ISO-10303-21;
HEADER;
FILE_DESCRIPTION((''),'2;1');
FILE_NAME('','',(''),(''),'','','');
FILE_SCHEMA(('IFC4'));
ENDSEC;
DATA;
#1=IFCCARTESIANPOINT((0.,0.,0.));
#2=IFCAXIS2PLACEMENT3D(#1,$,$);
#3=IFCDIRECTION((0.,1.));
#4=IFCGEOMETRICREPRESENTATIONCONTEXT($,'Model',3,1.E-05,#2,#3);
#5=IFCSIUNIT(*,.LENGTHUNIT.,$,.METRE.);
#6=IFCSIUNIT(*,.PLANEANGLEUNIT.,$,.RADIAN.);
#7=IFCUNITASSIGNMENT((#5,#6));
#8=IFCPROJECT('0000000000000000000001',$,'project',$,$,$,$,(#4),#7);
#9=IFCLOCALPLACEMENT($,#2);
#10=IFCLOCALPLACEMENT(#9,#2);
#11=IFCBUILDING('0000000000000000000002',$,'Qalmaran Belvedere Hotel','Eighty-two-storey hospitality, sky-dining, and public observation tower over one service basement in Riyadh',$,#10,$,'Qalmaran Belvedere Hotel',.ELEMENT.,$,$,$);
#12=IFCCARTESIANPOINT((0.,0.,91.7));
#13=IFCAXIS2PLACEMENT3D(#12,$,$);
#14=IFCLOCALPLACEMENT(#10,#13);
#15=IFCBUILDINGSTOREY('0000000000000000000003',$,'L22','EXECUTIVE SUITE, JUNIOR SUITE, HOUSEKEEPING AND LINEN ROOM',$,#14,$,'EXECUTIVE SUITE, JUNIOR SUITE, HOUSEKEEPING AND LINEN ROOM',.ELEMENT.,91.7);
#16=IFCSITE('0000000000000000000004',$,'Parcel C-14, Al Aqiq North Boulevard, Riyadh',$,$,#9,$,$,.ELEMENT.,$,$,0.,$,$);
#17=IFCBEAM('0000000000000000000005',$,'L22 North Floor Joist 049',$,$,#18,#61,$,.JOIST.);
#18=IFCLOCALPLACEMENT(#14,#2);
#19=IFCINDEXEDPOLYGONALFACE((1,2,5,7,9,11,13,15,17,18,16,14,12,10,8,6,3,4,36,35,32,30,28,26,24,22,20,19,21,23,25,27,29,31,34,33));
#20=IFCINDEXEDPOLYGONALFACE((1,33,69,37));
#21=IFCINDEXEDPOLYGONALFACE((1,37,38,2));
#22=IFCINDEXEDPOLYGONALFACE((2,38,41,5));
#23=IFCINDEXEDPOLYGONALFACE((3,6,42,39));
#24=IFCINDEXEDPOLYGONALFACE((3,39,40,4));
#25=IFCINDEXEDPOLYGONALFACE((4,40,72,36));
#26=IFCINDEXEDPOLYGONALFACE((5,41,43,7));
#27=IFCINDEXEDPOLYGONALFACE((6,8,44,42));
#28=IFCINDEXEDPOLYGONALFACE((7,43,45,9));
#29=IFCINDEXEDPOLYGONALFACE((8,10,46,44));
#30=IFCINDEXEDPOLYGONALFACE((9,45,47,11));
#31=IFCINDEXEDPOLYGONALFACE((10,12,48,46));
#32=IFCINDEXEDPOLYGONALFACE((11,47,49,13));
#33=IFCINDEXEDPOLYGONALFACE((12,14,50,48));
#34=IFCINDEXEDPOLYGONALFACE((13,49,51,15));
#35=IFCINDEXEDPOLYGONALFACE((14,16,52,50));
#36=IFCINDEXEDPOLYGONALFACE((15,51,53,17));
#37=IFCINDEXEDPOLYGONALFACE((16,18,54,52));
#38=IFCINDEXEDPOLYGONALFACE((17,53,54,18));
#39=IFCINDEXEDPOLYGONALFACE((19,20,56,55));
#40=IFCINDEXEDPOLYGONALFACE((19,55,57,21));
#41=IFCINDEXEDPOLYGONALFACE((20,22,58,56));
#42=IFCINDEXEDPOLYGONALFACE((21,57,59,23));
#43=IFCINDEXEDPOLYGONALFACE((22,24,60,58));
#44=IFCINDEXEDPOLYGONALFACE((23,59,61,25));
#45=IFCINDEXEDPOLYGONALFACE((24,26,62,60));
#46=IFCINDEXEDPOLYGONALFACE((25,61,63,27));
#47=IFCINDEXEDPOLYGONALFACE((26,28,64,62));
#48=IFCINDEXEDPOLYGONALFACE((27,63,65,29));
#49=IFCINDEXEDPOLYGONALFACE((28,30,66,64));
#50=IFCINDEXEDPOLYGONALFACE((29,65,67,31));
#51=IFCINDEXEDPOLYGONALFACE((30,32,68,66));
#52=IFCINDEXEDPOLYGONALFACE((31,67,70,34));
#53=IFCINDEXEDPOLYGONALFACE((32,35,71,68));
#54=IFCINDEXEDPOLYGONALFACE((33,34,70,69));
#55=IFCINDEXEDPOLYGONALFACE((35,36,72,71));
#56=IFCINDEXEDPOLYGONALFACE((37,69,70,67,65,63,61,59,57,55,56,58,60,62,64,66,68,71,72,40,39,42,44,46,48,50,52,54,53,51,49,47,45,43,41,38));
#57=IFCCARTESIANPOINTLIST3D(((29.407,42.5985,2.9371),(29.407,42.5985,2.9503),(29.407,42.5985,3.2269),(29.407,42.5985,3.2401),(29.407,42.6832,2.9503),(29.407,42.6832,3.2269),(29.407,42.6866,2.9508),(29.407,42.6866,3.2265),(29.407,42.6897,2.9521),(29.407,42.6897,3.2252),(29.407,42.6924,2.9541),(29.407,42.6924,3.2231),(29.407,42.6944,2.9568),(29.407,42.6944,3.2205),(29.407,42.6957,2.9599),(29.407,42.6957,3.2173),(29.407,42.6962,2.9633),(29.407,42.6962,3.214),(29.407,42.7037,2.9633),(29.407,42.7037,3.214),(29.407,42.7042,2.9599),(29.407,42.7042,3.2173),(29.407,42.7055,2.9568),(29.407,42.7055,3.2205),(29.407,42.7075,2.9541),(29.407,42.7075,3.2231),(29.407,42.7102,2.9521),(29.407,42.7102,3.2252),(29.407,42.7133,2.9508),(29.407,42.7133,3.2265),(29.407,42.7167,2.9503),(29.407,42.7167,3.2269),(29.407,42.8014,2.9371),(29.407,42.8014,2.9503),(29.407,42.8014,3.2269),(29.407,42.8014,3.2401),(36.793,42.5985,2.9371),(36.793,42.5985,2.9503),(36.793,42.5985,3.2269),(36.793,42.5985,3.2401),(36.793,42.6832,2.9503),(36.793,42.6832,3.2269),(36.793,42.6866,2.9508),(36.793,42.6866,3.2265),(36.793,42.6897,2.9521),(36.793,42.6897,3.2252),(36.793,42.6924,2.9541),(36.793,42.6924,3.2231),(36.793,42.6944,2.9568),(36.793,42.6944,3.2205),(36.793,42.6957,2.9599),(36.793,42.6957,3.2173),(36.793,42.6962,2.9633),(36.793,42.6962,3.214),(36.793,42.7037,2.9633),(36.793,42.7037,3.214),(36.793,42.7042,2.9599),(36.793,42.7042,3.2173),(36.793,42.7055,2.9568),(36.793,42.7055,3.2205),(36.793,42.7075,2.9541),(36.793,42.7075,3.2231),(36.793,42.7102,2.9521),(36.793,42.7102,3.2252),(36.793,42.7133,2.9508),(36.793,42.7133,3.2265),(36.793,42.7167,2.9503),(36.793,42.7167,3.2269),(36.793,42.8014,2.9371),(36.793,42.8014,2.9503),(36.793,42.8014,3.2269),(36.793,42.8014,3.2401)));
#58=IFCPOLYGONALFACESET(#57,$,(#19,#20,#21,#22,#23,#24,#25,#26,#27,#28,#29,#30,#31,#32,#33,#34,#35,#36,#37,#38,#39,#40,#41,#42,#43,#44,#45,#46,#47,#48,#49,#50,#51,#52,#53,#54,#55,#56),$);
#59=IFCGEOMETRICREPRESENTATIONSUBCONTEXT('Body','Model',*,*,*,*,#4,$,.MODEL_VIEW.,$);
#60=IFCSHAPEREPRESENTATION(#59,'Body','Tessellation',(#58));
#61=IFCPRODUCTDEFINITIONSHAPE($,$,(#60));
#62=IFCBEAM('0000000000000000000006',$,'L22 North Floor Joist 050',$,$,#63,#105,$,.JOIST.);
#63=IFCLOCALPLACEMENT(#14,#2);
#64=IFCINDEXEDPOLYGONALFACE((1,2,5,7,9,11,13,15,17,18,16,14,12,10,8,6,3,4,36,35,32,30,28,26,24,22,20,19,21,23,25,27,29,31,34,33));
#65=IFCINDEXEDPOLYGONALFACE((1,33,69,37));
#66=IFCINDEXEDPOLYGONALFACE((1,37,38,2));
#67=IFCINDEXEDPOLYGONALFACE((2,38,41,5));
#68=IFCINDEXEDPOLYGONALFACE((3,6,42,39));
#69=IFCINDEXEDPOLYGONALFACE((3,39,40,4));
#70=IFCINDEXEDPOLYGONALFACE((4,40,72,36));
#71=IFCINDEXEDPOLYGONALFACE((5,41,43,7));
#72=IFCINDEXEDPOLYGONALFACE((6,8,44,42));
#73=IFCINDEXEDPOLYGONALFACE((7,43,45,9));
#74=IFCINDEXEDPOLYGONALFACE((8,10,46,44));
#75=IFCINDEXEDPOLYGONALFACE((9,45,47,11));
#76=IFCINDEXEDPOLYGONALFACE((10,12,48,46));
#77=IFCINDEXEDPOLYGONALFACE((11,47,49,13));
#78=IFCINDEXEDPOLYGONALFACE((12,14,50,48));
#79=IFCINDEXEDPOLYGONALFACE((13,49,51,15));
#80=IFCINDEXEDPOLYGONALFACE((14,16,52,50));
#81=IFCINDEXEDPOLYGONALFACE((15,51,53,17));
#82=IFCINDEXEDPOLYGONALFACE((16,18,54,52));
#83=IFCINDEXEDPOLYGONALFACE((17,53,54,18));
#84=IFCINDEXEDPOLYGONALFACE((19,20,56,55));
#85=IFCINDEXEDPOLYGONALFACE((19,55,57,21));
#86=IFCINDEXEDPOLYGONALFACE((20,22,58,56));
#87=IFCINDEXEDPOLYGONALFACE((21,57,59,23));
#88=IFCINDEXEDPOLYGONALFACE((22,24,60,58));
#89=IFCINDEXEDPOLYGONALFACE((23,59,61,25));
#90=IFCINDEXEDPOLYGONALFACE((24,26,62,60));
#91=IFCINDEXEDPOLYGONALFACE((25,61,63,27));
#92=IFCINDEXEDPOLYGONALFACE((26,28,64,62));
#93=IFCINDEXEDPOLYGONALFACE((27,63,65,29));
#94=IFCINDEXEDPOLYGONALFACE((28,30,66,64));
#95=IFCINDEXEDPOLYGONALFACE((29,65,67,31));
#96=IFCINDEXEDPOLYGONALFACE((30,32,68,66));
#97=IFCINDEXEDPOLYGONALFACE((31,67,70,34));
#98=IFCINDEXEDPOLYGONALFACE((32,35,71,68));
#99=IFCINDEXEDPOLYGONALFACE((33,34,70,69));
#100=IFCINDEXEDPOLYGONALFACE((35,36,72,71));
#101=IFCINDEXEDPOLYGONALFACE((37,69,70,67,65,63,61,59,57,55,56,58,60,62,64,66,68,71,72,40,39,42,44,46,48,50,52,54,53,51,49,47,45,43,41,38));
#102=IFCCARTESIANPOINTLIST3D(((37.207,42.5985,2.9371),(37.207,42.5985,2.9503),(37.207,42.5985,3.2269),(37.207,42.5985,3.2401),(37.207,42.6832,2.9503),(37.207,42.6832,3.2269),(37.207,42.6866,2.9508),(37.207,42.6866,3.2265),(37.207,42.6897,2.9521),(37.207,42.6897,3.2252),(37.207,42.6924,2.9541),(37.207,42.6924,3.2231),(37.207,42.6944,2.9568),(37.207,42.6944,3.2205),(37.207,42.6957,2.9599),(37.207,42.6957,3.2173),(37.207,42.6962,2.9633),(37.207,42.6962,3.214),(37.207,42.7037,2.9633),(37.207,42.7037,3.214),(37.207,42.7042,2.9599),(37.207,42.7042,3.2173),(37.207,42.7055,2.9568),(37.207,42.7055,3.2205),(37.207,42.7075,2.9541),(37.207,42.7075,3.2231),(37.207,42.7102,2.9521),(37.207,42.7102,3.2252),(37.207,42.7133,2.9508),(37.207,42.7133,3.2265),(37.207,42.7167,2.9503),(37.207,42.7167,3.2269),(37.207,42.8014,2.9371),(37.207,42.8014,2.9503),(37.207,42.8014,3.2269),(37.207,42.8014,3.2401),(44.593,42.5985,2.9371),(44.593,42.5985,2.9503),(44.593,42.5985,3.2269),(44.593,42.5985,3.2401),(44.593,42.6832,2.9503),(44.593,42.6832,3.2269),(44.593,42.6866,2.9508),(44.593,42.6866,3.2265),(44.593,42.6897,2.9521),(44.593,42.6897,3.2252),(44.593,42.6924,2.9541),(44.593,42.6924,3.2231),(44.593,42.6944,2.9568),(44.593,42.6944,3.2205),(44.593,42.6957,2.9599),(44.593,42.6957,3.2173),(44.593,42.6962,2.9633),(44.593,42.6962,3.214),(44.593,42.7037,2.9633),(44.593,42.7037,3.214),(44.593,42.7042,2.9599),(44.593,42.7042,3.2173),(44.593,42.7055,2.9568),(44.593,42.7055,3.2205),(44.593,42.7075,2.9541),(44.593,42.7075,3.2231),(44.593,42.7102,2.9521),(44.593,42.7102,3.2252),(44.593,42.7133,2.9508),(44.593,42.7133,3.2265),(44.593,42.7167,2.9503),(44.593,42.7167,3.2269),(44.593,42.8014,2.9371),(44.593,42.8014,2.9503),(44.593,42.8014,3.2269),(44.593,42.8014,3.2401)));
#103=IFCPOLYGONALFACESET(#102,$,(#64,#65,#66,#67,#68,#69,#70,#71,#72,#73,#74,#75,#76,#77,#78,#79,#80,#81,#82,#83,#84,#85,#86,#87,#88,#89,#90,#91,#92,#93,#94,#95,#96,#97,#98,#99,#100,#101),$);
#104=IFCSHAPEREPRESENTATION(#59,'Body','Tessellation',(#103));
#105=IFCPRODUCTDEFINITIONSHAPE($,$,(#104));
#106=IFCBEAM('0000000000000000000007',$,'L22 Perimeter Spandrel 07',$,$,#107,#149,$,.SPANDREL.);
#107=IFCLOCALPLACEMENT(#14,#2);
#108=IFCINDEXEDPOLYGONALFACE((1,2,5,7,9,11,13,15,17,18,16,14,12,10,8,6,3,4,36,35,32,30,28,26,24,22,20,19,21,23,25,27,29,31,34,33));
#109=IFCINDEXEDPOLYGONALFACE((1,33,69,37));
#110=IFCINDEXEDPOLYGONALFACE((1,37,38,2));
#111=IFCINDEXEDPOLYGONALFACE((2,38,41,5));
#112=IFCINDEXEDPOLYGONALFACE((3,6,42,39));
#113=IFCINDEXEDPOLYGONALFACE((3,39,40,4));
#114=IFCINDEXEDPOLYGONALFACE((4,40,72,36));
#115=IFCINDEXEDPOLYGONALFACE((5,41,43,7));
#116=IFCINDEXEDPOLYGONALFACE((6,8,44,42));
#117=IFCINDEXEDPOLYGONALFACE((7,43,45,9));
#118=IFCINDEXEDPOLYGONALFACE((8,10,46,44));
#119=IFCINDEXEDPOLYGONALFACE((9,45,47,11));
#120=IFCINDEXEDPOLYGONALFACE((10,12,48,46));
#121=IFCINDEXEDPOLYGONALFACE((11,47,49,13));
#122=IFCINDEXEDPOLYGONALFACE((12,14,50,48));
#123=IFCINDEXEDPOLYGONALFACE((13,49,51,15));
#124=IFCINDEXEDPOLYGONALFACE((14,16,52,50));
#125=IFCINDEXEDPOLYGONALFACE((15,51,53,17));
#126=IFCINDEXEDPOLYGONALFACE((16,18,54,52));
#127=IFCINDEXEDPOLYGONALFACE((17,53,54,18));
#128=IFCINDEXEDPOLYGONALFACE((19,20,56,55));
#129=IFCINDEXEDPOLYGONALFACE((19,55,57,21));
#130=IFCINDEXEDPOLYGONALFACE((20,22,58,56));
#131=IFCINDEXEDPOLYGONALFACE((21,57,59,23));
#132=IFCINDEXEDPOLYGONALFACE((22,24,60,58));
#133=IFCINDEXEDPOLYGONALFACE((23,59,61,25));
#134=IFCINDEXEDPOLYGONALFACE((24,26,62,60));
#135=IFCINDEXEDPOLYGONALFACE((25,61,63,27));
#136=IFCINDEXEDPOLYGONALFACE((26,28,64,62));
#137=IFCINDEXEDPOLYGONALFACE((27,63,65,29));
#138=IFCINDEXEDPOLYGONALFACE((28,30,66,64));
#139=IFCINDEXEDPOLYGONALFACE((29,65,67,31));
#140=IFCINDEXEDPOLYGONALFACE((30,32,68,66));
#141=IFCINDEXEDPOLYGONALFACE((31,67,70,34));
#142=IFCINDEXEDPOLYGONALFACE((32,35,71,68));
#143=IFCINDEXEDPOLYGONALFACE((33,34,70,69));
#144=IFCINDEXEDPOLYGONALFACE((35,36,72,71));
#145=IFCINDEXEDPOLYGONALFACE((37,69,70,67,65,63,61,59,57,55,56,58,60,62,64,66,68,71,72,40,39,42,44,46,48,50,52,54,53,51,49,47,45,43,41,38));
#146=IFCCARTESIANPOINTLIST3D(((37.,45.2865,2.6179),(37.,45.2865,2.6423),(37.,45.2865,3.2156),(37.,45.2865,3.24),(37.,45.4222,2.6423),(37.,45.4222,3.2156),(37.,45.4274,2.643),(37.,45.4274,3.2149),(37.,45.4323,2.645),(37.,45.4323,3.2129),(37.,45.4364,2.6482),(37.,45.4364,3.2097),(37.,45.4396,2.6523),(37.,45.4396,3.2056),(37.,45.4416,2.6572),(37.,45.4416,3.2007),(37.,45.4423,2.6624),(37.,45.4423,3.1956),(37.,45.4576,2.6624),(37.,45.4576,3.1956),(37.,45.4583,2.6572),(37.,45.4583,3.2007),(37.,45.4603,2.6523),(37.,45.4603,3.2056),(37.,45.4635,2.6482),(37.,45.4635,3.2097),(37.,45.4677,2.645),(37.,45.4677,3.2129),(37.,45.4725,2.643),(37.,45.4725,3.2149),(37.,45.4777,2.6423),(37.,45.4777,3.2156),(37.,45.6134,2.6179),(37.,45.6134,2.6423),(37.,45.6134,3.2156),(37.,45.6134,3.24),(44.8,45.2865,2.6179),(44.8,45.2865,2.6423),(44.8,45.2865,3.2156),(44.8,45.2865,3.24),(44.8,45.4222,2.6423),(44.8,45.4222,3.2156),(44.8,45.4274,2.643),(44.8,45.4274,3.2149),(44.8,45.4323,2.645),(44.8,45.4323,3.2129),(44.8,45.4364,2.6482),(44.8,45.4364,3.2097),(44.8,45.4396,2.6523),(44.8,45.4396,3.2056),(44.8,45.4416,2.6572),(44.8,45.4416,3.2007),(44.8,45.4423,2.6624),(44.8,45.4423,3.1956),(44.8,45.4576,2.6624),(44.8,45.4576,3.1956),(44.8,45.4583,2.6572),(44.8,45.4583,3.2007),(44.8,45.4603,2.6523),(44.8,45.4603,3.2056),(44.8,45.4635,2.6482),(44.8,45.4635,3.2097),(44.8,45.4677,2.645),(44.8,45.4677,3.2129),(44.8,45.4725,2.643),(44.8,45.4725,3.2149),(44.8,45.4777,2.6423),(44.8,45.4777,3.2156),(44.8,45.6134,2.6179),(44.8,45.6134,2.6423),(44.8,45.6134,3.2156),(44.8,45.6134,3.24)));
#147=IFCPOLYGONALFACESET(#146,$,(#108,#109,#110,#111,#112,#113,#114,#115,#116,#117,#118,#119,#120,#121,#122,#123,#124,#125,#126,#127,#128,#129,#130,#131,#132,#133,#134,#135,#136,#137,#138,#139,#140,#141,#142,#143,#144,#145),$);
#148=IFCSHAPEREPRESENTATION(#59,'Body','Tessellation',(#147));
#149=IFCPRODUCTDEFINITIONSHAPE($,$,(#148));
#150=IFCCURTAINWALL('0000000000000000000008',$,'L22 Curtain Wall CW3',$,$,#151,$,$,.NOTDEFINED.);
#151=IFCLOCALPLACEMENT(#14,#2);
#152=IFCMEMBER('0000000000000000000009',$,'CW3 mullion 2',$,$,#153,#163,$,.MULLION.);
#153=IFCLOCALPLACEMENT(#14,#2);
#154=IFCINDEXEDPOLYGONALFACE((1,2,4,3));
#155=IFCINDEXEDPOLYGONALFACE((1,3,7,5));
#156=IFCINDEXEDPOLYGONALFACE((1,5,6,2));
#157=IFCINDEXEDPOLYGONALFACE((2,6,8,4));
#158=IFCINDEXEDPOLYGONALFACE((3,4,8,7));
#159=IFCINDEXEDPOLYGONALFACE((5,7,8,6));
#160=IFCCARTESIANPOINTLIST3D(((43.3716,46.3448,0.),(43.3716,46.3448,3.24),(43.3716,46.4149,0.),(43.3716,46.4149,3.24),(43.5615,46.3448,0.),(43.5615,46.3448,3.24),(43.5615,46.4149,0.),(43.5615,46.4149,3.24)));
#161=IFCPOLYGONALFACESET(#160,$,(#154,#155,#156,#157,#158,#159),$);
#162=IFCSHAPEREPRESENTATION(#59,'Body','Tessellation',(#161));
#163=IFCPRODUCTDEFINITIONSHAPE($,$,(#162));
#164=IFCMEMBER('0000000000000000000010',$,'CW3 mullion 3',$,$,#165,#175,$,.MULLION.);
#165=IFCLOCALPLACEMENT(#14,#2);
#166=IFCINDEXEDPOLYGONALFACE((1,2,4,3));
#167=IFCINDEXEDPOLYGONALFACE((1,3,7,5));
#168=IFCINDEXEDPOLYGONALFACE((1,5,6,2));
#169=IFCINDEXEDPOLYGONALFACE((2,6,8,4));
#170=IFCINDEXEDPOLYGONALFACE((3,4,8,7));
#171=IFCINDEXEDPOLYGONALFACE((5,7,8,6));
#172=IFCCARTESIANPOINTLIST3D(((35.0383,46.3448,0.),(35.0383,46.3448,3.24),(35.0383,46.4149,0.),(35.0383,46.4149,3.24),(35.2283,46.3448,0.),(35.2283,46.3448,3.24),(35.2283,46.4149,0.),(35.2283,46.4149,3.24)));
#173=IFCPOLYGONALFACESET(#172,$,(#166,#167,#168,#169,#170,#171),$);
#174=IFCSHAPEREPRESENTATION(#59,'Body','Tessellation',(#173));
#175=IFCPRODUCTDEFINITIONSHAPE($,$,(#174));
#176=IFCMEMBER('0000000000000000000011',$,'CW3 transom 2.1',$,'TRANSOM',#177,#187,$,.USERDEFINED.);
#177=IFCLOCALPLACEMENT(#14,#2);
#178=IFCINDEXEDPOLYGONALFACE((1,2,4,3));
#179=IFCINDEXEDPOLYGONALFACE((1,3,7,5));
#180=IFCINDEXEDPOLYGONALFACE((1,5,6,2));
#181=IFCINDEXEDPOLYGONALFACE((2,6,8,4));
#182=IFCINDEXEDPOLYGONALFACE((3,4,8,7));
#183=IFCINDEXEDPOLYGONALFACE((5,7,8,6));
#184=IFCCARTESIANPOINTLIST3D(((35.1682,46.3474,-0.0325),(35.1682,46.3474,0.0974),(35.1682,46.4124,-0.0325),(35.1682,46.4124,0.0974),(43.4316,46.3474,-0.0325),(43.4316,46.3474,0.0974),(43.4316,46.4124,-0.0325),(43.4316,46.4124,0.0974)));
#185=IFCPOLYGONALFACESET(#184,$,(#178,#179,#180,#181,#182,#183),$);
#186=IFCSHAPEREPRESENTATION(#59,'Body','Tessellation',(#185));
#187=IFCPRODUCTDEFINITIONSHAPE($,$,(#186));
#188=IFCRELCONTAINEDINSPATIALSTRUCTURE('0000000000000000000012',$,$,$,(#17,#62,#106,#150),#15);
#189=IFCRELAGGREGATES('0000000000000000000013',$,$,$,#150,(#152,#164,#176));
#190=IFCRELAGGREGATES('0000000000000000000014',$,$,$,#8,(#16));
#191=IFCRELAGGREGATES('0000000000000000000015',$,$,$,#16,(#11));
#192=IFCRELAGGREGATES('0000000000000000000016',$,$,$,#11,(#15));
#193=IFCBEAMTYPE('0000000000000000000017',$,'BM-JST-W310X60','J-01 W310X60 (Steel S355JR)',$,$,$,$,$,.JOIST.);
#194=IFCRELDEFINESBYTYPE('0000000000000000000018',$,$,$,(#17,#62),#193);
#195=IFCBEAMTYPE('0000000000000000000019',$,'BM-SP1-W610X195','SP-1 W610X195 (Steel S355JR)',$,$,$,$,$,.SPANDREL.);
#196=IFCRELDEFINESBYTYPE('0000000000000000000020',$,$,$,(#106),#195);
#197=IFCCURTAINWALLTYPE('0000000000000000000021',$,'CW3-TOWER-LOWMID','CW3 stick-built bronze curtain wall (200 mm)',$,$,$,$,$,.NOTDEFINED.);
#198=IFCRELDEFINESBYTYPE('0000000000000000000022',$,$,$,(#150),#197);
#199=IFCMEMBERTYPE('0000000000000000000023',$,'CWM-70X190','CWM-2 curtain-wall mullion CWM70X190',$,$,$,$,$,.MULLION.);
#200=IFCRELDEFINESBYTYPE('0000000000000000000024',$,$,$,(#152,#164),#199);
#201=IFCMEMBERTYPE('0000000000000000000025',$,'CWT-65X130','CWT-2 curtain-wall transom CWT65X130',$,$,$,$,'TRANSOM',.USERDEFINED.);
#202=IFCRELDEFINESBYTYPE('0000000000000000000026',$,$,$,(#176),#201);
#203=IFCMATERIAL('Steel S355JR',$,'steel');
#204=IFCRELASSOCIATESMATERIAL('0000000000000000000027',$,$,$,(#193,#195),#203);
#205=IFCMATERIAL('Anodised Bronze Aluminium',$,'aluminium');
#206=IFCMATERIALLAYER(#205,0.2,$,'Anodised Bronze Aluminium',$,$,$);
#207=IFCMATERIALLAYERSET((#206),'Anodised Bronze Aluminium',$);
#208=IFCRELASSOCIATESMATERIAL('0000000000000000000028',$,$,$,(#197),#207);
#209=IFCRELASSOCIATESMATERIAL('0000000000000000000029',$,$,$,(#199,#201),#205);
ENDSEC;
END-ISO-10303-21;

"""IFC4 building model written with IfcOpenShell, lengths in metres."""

from ifc_helpers import new_model, si_unit, direction, frame, origin, origin_2d, place, context, subcontext, project, spatial, rectangle, i_section, extrude, material, layer, layer_set, material_profile, profile_set, type_object, element, aggregate, save


model = new_model("IFC4")

# Units and contexts
model_context = context("Model", 3, precision=1e-05, world=origin(), true_north=direction((0.0, 1.0)))
body_context = subcontext(model_context, "Body", "Model", "MODEL_VIEW")
ifc_project = project(units=[si_unit("LENGTHUNIT", "METRE"), si_unit("PLANEANGLEUNIT", "RADIAN")], contexts=[model_context])

# Site, building, storey
site_placement = place(None, origin())
site = spatial("IfcSite", under=ifc_project, at=site_placement, Name="Parcel C-14, Al Aqiq North Boulevard, Riyadh", CompositionType="ELEMENT", RefElevation=0.0)
building_placement = place(site_placement, origin())
building = spatial("IfcBuilding", under=site, at=building_placement, Name="Qalmaran Belvedere Hotel", Description="Eighty-two-storey hospitality, sky-dining, and public observation tower over one service basement in Riyadh", LongName="Qalmaran Belvedere Hotel", CompositionType="ELEMENT")
storey_placement = place(building_placement, frame((0.0, 0.0, 91.7)))
storey = spatial("IfcBuildingStorey", under=building, at=storey_placement, Name="L22", Description="EXECUTIVE SUITE, JUNIOR SUITE, HOUSEKEEPING AND LINEN ROOM", LongName="EXECUTIVE SUITE, JUNIOR SUITE, HOUSEKEEPING AND LINEN ROOM", CompositionType="ELEMENT", Elevation=91.7)

# Beams
ifc_material_1 = material(Name="Steel S355JR", Category="steel")
ifc_material_profile_1 = material_profile(ifc_material_1, i_section(OverallWidth=0.2029, OverallDepth=0.303, WebThickness=0.0076, FlangeThickness=0.0132, FilletRadius=0.0129, at=origin_2d()), Name="W310X60")
ifc_profile_set_1 = profile_set([ifc_material_profile_1], Name="Steel S355JR")
beam_type_1 = type_object("IfcBeamType", Name="BM-JST-W310X60", Description="J-01 W310X60 (Steel S355JR)", PredefinedType="JOIST", material=ifc_profile_set_1)
for number, where, z_axis, x_axis, name in (
    (1, (29.407, 42.7, 3.0886), (1.0, 0.0, 0.0), (0.0, 1.0, 0.0), "L22 North Floor Joist 049"),
    (2, (37.207, 42.7, 3.0886), (1.0, 0.0, 0.0), (0.0, 1.0, 0.0), "L22 North Floor Joist 050"),
):
    element("IfcBeam", number, at=place(storey_placement, frame(where, z_axis=z_axis, x_axis=x_axis)), inside=storey, type_object=beam_type_1, Name=name, PredefinedType="JOIST", context=body_context, shape_type="SweptSolid", body=[
        extrude(i_section(OverallWidth=0.2029, OverallDepth=0.303, WebThickness=0.0076, FlangeThickness=0.0132, FilletRadius=0.0129, at=origin_2d()), origin(), (0.0, 0.0, 1.0), 7.386),
    ])
ifc_material_profile_2 = material_profile(ifc_material_1, i_section(OverallWidth=0.3269, OverallDepth=0.6221, WebThickness=0.0154, FlangeThickness=0.0244, FilletRadius=0.02, at=origin_2d()), Name="W610X195")
ifc_profile_set_2 = profile_set([ifc_material_profile_2], Name="Steel S355JR")
beam_type_2 = type_object("IfcBeamType", Name="BM-SP1-W610X195", Description="SP-1 W610X195 (Steel S355JR)", PredefinedType="SPANDREL", material=ifc_profile_set_2)
beam_placement = place(storey_placement, frame((37.0, 45.45, 2.929), z_axis=(1.0, 0.0, 0.0), x_axis=(0.0, 1.0, 0.0)))
element("IfcBeam", 3, at=beam_placement, inside=storey, type_object=beam_type_2, Name="L22 Perimeter Spandrel 07", PredefinedType="SPANDREL", context=body_context, shape_type="SweptSolid", body=[
    extrude(i_section(OverallWidth=0.3269, OverallDepth=0.6221, WebThickness=0.0154, FlangeThickness=0.0244, FilletRadius=0.02, at=origin_2d()), origin(), (0.0, 0.0, 1.0), 7.8),
])

# Curtain wall, members
ifc_material_2 = material(Name="Anodised Bronze Aluminium", Category="aluminium")
ifc_layer_1 = layer(ifc_material_2, 0.2, Name="Anodised Bronze Aluminium")
ifc_layer_set_1 = layer_set([ifc_layer_1], Name="Anodised Bronze Aluminium")
curtain_wall_type = type_object("IfcCurtainWallType", Name="CW3-TOWER-LOWMID", Description="CW3 stick-built bronze curtain wall (200 mm)", PredefinedType="NOTDEFINED", material=ifc_layer_set_1)
curtain_wall_placement = place(storey_placement, origin())
curtain_wall = element("IfcCurtainWall", 4, at=curtain_wall_placement, inside=storey, type_object=curtain_wall_type, Name="L22 Curtain Wall CW3", PredefinedType="NOTDEFINED")
ifc_material_profile_3 = material_profile(ifc_material_2, rectangle(XDim=0.0701, YDim=0.1899, at=origin_2d()), Name="CWM70X190")
ifc_profile_set_3 = profile_set([ifc_material_profile_3], Name="Anodised Bronze Aluminium")
member_type_1 = type_object("IfcMemberType", Name="CWM-70X190", Description="CWM-2 curtain-wall mullion CWM70X190", PredefinedType="MULLION", material=ifc_profile_set_3)
member_1_placement = place(storey_placement, frame((43.4666, 46.3799, 0.0), z_axis=(0.0, 0.0, 1.0), x_axis=(0.0, -1.0, 0.0)))
member_1 = element("IfcMember", 5, at=member_1_placement, type_object=member_type_1, Name="CW3 mullion 2", PredefinedType="MULLION", context=body_context, shape_type="SweptSolid", body=[
    extrude(rectangle(XDim=0.0701, YDim=0.1899, at=origin_2d()), origin(), (0.0, 0.0, 1.0), 3.24),
])
member_2_placement = place(storey_placement, frame((35.1333, 46.3799, 0.0), z_axis=(0.0, 0.0, 1.0), x_axis=(0.0, -1.0, 0.0)))
member_2 = element("IfcMember", 6, at=member_2_placement, type_object=member_type_1, Name="CW3 mullion 3", PredefinedType="MULLION", context=body_context, shape_type="SweptSolid", body=[
    extrude(rectangle(XDim=0.0701, YDim=0.1899, at=origin_2d()), origin(), (0.0, 0.0, 1.0), 3.24),
])
ifc_material_profile_4 = material_profile(ifc_material_2, rectangle(XDim=0.0649, YDim=0.1299, at=origin_2d()), Name="CWT65X130")
ifc_profile_set_4 = profile_set([ifc_material_profile_4], Name="Anodised Bronze Aluminium")
member_type_2 = type_object("IfcMemberType", Name="CWT-65X130", Description="CWT-2 curtain-wall transom CWT65X130", ElementType="TRANSOM", PredefinedType="USERDEFINED", material=ifc_profile_set_4)
member_3_placement = place(storey_placement, frame((43.4316, 46.3799, 0.0325), z_axis=(-1.0, 0.0, 0.0), x_axis=(0.0, -1.0, 0.0)))
member_3 = element("IfcMember", 7, at=member_3_placement, type_object=member_type_2, Name="CW3 transom 2.1", ObjectType="TRANSOM", PredefinedType="USERDEFINED", context=body_context, shape_type="SweptSolid", body=[
    extrude(rectangle(XDim=0.0649, YDim=0.1299, at=origin_2d()), origin(), (0.0, 0.0, 1.0), 8.2634),
])
aggregate(curtain_wall, [member_1, member_2, member_3])

save(model, "model.ifc")
